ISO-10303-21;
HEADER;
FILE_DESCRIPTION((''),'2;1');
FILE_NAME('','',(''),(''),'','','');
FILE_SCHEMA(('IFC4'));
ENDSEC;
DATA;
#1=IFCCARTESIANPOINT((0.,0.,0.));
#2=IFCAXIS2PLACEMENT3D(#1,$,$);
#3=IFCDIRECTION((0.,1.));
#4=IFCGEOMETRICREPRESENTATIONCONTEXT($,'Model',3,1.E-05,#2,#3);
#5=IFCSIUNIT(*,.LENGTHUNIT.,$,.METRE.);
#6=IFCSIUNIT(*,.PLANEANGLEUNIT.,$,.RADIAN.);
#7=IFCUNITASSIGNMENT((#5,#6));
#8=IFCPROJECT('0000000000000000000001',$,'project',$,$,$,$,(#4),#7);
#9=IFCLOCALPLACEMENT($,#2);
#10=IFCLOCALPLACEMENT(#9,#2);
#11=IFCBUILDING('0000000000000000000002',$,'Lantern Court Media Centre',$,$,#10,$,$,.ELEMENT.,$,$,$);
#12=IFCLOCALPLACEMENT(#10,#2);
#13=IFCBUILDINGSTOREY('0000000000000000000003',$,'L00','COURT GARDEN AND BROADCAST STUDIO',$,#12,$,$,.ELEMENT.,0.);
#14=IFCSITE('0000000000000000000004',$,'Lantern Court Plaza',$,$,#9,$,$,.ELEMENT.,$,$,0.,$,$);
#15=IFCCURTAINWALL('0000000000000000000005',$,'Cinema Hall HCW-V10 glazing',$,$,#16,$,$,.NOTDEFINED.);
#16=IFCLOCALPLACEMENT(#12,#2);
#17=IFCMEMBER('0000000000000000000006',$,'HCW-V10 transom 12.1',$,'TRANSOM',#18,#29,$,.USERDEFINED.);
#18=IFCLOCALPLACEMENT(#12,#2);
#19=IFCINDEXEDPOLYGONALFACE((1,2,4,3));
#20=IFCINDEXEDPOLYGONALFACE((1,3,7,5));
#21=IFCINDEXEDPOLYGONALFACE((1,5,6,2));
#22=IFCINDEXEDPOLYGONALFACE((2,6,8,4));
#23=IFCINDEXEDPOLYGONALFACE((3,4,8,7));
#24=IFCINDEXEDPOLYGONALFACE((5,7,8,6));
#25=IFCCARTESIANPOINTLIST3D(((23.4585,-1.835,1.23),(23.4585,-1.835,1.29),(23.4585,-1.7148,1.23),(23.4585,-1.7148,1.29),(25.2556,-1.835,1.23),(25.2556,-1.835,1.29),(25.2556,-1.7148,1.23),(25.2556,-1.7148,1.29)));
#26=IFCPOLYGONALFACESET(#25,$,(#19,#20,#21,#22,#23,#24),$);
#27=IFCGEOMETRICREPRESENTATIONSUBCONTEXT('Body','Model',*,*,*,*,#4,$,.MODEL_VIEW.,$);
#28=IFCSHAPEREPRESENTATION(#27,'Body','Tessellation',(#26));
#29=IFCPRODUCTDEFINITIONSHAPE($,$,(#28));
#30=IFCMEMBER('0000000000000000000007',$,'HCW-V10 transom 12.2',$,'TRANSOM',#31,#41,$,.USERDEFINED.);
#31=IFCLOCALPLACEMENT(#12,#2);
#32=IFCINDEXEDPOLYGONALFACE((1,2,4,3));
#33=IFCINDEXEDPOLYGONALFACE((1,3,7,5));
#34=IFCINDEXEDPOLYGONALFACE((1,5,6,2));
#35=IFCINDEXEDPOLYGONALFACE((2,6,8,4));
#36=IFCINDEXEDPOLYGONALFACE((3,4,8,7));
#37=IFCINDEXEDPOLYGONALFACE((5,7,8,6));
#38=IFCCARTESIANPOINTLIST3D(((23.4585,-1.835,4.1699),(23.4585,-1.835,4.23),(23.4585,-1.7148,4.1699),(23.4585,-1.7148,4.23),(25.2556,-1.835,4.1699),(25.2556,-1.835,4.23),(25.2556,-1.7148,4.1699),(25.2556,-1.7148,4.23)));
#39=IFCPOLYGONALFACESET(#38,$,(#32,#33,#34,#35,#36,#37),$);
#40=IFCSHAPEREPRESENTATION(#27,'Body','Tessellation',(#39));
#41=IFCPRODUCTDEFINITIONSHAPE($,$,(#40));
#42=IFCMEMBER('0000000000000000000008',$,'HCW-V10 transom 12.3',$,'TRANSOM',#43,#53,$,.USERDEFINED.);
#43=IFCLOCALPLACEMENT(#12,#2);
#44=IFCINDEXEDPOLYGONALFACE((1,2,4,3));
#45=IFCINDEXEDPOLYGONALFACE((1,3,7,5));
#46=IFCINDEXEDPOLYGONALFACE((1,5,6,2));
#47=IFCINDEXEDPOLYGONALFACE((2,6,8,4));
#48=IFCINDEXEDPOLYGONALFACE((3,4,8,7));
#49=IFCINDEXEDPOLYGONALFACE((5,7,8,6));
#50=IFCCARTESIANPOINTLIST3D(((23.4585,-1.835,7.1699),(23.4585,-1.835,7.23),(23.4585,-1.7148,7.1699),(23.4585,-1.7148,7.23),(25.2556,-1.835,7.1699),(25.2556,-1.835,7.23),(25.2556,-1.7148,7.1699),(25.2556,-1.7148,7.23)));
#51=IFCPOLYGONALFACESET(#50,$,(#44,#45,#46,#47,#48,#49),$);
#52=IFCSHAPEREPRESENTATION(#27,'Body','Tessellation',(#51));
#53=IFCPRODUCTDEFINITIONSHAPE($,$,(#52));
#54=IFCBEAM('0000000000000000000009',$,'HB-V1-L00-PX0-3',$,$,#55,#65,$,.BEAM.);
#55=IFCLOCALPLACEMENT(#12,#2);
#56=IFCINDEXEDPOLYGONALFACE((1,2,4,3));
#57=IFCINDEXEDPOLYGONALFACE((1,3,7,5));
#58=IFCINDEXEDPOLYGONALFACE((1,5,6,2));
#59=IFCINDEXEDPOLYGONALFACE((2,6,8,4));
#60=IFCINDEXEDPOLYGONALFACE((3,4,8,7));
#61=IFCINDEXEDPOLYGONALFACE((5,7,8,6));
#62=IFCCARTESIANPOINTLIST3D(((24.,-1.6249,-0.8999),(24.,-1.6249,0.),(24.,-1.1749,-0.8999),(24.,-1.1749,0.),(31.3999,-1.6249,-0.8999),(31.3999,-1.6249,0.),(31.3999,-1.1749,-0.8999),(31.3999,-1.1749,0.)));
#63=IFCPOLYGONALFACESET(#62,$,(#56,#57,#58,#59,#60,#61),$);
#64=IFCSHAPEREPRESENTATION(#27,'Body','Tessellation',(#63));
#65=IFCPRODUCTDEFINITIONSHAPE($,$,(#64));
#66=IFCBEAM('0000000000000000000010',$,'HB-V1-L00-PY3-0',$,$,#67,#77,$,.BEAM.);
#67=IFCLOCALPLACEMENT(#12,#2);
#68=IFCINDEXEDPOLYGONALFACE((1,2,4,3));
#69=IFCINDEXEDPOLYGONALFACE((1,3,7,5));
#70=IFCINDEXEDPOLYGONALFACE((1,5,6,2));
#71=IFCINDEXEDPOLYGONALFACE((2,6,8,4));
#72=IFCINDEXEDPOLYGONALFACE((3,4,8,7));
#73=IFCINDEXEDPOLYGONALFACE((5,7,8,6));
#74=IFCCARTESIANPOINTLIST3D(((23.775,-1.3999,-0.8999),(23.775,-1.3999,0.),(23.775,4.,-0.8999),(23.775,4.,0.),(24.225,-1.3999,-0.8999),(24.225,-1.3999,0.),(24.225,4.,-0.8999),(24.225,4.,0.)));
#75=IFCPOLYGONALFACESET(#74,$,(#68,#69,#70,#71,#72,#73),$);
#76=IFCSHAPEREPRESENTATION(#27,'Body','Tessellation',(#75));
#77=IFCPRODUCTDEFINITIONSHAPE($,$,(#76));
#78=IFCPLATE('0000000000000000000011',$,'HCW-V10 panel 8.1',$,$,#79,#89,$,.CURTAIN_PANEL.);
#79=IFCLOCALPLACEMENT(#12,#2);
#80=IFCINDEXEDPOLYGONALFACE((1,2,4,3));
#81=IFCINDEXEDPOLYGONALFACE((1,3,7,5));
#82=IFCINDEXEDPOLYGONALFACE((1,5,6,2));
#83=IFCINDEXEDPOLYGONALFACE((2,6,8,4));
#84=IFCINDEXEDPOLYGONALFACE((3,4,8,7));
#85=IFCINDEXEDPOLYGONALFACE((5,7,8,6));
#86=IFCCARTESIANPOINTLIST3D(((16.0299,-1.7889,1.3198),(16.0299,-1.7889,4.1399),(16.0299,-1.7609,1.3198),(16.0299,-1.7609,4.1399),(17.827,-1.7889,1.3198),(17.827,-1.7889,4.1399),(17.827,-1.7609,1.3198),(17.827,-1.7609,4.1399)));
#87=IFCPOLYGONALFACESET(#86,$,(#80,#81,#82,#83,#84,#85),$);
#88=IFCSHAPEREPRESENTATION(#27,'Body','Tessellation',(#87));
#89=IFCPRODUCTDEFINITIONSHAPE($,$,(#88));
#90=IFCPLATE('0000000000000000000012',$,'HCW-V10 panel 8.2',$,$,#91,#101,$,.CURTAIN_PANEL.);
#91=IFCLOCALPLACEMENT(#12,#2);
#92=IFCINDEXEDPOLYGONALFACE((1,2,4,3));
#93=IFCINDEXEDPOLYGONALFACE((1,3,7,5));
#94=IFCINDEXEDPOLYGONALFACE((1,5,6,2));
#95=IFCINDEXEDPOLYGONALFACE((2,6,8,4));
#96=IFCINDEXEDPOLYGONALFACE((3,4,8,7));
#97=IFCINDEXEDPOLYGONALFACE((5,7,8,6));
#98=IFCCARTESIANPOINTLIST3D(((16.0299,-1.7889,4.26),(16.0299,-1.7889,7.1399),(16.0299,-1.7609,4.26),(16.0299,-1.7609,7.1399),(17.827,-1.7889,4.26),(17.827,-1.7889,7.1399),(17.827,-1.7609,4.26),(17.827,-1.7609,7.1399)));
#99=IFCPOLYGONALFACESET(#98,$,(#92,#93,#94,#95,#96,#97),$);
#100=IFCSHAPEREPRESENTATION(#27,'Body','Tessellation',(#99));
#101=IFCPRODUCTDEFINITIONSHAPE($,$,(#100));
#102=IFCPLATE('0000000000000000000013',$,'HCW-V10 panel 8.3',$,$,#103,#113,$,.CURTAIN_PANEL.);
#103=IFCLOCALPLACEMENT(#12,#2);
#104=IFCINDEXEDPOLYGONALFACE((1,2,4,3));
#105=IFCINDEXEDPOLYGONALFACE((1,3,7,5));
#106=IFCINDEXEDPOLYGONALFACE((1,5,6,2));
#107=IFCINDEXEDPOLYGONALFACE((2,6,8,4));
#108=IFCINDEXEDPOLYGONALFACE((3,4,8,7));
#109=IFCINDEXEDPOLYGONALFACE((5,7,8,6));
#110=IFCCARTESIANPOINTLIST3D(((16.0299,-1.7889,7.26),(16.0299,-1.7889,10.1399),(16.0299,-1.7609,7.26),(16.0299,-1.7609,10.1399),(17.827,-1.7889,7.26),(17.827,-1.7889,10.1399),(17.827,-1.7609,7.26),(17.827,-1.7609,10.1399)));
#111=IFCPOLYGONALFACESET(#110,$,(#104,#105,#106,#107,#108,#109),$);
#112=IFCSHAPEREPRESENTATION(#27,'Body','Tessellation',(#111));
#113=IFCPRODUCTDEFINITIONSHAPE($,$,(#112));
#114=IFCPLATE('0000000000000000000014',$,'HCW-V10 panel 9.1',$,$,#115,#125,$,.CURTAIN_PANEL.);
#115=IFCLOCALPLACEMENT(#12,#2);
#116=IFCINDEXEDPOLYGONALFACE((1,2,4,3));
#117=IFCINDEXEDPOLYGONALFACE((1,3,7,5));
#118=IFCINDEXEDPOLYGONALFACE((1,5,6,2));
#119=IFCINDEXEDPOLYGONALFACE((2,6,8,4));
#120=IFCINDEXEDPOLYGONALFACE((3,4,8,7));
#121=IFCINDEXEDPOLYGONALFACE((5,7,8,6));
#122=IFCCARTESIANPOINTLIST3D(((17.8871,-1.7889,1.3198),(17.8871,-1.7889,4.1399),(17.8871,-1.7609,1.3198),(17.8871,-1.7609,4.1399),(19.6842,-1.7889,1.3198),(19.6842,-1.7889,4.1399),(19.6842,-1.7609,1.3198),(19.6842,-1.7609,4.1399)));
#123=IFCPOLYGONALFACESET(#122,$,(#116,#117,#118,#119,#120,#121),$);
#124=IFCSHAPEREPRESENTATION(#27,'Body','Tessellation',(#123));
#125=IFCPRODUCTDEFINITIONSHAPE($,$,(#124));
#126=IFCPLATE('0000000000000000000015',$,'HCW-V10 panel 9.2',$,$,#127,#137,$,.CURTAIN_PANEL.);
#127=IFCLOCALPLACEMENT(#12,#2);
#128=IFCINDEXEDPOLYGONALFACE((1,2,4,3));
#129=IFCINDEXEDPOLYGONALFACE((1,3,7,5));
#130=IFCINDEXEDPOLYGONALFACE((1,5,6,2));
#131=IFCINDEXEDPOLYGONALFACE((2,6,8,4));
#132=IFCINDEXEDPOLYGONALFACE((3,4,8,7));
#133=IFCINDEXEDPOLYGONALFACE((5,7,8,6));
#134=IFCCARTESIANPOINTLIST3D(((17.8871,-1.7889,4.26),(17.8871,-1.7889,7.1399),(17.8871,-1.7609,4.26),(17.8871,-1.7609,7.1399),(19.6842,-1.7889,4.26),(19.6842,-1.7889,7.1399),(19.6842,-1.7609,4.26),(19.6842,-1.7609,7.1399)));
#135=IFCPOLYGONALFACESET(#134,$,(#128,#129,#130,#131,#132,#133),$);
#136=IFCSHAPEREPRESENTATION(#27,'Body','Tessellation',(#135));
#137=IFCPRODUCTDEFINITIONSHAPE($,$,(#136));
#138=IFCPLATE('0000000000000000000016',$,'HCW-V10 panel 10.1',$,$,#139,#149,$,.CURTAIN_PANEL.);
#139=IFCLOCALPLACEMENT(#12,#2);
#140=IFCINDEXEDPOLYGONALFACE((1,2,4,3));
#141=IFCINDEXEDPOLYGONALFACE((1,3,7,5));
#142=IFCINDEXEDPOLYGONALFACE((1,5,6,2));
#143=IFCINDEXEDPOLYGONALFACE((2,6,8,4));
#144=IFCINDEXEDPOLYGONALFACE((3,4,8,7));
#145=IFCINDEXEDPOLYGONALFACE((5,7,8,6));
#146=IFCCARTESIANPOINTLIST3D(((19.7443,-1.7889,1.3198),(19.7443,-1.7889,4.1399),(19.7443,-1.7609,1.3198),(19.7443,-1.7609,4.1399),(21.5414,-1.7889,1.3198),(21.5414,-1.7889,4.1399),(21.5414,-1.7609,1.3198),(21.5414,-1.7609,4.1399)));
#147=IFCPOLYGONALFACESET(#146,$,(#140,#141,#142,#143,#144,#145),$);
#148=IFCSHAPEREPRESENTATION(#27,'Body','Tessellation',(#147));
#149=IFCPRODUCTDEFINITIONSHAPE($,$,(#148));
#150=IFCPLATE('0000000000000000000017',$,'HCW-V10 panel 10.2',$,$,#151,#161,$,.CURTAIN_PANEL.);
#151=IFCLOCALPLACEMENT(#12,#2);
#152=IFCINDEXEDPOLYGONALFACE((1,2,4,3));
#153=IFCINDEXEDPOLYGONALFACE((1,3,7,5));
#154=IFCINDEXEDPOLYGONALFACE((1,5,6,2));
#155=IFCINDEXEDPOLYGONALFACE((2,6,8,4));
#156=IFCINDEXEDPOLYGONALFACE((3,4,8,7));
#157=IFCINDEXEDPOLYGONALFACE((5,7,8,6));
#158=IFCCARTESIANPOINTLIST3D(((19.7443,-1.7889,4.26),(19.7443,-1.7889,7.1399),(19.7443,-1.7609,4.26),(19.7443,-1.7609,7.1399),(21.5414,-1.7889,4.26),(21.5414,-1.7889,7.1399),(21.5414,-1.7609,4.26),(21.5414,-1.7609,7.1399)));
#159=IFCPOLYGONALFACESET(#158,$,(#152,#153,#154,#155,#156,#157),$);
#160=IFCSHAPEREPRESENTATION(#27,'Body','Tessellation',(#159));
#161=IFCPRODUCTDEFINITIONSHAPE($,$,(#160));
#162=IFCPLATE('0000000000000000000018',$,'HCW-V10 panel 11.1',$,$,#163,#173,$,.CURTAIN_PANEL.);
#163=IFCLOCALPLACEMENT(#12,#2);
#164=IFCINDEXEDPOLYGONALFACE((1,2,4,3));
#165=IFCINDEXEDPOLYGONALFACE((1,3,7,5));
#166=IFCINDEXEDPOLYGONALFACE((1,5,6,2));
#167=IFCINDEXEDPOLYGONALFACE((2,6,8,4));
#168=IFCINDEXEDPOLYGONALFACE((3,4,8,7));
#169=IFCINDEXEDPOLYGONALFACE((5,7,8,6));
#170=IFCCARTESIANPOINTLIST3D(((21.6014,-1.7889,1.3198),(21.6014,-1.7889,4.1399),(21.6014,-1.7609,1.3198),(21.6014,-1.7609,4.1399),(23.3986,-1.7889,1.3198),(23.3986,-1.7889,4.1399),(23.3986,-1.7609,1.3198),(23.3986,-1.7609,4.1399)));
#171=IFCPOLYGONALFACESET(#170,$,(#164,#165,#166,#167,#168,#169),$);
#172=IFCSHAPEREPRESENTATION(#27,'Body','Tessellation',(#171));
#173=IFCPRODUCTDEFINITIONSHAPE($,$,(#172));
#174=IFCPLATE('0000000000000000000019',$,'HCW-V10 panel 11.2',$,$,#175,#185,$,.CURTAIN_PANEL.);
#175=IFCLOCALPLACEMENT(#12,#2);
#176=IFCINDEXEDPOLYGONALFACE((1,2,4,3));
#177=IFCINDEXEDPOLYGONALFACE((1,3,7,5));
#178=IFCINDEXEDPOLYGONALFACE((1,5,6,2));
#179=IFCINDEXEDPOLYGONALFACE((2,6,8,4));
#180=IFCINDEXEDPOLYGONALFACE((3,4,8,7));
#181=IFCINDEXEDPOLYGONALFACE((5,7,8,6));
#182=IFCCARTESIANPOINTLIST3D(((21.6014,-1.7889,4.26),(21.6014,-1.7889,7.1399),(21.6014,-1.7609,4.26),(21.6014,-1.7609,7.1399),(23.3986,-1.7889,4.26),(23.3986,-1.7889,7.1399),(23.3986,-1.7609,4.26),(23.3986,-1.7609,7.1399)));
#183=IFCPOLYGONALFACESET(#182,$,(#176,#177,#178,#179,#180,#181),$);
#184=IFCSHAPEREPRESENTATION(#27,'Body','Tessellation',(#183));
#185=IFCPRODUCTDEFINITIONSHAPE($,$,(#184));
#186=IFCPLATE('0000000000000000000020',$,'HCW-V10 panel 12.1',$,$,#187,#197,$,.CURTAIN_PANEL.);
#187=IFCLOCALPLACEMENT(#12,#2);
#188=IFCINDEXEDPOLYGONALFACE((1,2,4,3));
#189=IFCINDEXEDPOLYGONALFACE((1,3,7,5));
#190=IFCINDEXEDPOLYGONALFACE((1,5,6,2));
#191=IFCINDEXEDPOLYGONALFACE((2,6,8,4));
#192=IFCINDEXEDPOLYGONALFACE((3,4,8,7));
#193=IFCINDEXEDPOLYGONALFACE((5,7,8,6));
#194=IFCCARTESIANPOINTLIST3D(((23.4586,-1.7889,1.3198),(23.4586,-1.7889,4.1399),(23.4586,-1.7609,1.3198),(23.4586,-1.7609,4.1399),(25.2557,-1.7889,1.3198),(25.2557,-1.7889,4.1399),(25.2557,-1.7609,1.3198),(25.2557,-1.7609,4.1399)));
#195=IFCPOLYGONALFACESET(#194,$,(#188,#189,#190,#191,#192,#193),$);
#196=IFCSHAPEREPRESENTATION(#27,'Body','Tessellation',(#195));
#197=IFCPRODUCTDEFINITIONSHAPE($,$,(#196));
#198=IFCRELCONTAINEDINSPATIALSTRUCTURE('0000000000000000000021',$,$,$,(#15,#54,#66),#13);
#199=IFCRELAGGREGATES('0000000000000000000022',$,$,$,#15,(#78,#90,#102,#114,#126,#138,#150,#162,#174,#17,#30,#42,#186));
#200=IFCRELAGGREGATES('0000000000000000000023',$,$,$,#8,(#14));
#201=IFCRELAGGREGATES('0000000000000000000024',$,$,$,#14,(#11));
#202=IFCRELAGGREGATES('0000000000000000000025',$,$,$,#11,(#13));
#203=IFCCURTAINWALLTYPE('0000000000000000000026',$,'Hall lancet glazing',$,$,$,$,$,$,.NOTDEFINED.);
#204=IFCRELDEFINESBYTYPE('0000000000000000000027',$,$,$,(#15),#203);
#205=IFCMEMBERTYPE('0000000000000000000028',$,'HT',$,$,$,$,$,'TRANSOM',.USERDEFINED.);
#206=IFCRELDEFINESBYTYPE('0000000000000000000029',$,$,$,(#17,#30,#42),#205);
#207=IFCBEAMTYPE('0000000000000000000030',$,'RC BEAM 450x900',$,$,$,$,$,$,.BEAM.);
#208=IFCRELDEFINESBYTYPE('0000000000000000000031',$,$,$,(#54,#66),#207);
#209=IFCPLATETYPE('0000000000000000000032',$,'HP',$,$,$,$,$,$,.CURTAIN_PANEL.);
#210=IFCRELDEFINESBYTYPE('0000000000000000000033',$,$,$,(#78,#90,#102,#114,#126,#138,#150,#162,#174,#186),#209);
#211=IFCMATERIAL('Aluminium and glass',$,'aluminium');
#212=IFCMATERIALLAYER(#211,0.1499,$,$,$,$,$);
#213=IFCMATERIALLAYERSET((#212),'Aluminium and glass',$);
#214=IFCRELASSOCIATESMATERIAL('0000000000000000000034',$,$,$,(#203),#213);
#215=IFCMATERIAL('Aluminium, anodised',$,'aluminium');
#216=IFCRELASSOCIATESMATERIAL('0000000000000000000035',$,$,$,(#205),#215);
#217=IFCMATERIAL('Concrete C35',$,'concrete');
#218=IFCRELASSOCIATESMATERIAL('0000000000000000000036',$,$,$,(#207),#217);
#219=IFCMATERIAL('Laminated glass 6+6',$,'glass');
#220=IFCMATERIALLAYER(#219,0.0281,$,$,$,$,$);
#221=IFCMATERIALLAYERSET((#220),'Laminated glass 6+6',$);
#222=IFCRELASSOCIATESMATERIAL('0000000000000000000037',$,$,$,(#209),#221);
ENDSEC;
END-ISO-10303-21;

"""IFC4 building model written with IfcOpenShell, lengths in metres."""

from ifc_helpers import new_model, si_unit, direction, frame, origin, origin_2d, place, context, subcontext, project, spatial, rectangle, extrude, material, layer, layer_set, material_profile, profile_set, type_object, element, aggregate, save


model = new_model("IFC4")

# Units and contexts
model_context = context("Model", 3, precision=1e-05, world=origin(), true_north=direction((0.0, 1.0)))
body_context = subcontext(model_context, "Body", "Model", "MODEL_VIEW")
ifc_project = project(units=[si_unit("LENGTHUNIT", "METRE"), si_unit("PLANEANGLEUNIT", "RADIAN")], contexts=[model_context])

# Site, building, storey
site_placement = place(None, origin())
site = spatial("IfcSite", under=ifc_project, at=site_placement, Name="Lantern Court Plaza", CompositionType="ELEMENT", RefElevation=0.0)
building_placement = place(site_placement, origin())
building = spatial("IfcBuilding", under=site, at=building_placement, Name="Lantern Court Media Centre", CompositionType="ELEMENT")
storey_placement = place(building_placement, origin())
storey = spatial("IfcBuildingStorey", under=building, at=storey_placement, Name="L00", Description="COURT GARDEN AND BROADCAST STUDIO", CompositionType="ELEMENT", Elevation=0.0)

# Shared definitions
ifc_material_1 = material(Name="Concrete C35", Category="concrete")

# Curtain wall, members
ifc_material_2 = material(Name="Aluminium and glass", Category="aluminium")
ifc_layer_1 = layer(ifc_material_2, 0.1499)
ifc_layer_set_1 = layer_set([ifc_layer_1], Name="Aluminium and glass")
curtain_wall_type = type_object("IfcCurtainWallType", Name="Hall lancet glazing", PredefinedType="NOTDEFINED", material=ifc_layer_set_1)
curtain_wall_placement = place(storey_placement, origin())
curtain_wall = element("IfcCurtainWall", 1, at=curtain_wall_placement, inside=storey, type_object=curtain_wall_type, Name="Cinema Hall HCW-V10 glazing", PredefinedType="NOTDEFINED")
ifc_material_3 = material(Name="Aluminium, anodised", Category="aluminium")
ifc_material_profile_1 = material_profile(ifc_material_3, rectangle(XDim=0.1201, YDim=0.0601, at=origin_2d()), Name="HT")
ifc_profile_set_1 = profile_set([ifc_material_profile_1], Name="Aluminium, anodised")
member_type_1 = type_object("IfcMemberType", Name="HT", ElementType="TRANSOM", PredefinedType="USERDEFINED", material=ifc_profile_set_1)
member_1_placement = place(storey_placement, frame((23.4585, -1.7749, 1.26), z_axis=(1.0, 0.0, 0.0), x_axis=(0.0, 1.0, 0.0)))
member_1 = element("IfcMember", 2, at=member_1_placement, type_object=member_type_1, Name="HCW-V10 transom 12.1", ObjectType="TRANSOM", PredefinedType="USERDEFINED", context=body_context, shape_type="SweptSolid", body=[
    extrude(rectangle(XDim=0.1201, YDim=0.0601, at=origin_2d()), origin(), (0.0, 0.0, 1.0), 1.7971),
])
member_2_placement = place(storey_placement, frame((23.4585, -1.7749, 4.2), z_axis=(1.0, 0.0, 0.0), x_axis=(0.0, 1.0, 0.0)))
member_2 = element("IfcMember", 3, at=member_2_placement, type_object=member_type_1, Name="HCW-V10 transom 12.2", ObjectType="TRANSOM", PredefinedType="USERDEFINED", context=body_context, shape_type="SweptSolid", body=[
    extrude(rectangle(XDim=0.1201, YDim=0.0601, at=origin_2d()), origin(), (0.0, 0.0, 1.0), 1.7971),
])
member_3_placement = place(storey_placement, frame((23.4585, -1.7749, 7.2), z_axis=(1.0, 0.0, 0.0), x_axis=(0.0, 1.0, 0.0)))
member_3 = element("IfcMember", 4, at=member_3_placement, type_object=member_type_1, Name="HCW-V10 transom 12.3", ObjectType="TRANSOM", PredefinedType="USERDEFINED", context=body_context, shape_type="SweptSolid", body=[
    extrude(rectangle(XDim=0.1201, YDim=0.0601, at=origin_2d()), origin(), (0.0, 0.0, 1.0), 1.7971),
])

# Beams
ifc_material_profile_2 = material_profile(ifc_material_1, rectangle(XDim=0.45, YDim=0.8999, at=origin_2d()), Name="RC 450x900")
ifc_profile_set_2 = profile_set([ifc_material_profile_2], Name="Concrete C35")
beam_type = type_object("IfcBeamType", Name="RC BEAM 450x900", PredefinedType="BEAM", material=ifc_profile_set_2)
beam_1_placement = place(storey_placement, frame((24.0, -1.3999, -0.45), z_axis=(1.0, 0.0, 0.0), x_axis=(0.0, 1.0, 0.0)))
element("IfcBeam", 5, at=beam_1_placement, inside=storey, type_object=beam_type, Name="HB-V1-L00-PX0-3", PredefinedType="BEAM", context=body_context, shape_type="SweptSolid", body=[
    extrude(rectangle(XDim=0.45, YDim=0.8999, at=origin_2d()), origin(), (0.0, 0.0, 1.0), 7.3999),
])
beam_2_placement = place(storey_placement, frame((24.0, -1.3999, -0.45), z_axis=(0.0, 1.0, 0.0), x_axis=(-1.0, 0.0, 0.0)))
element("IfcBeam", 6, at=beam_2_placement, inside=storey, type_object=beam_type, Name="HB-V1-L00-PY3-0", PredefinedType="BEAM", context=body_context, shape_type="SweptSolid", body=[
    extrude(rectangle(XDim=0.45, YDim=0.8999, at=origin_2d()), origin(), (0.0, 0.0, 1.0), 5.3999),
])

# Plates
ifc_material_4 = material(Name="Laminated glass 6+6", Category="glass")
ifc_layer_2 = layer(ifc_material_4, 0.0281)
ifc_layer_set_2 = layer_set([ifc_layer_2], Name="Laminated glass 6+6")
plate_type = type_object("IfcPlateType", Name="HP", PredefinedType="CURTAIN_PANEL", material=ifc_layer_set_2)
plate_1_placement = place(storey_placement, frame((16.9285, -1.7749, 1.3198), z_axis=(0.0, 0.0, 1.0), x_axis=(1.0, 0.0, 0.0)))
plate_1 = element("IfcPlate", 7, at=plate_1_placement, type_object=plate_type, Name="HCW-V10 panel 8.1", PredefinedType="CURTAIN_PANEL", context=body_context, shape_type="SweptSolid", body=[
    extrude(rectangle(XDim=1.7971, YDim=0.0281, at=origin_2d()), origin(), (0.0, 0.0, 1.0), 2.8201),
])
plate_2_placement = place(storey_placement, frame((16.9285, -1.7749, 4.26), z_axis=(0.0, 0.0, 1.0), x_axis=(1.0, 0.0, 0.0)))
plate_2 = element("IfcPlate", 8, at=plate_2_placement, type_object=plate_type, Name="HCW-V10 panel 8.2", PredefinedType="CURTAIN_PANEL", context=body_context, shape_type="SweptSolid", body=[
    extrude(rectangle(XDim=1.7971, YDim=0.0281, at=origin_2d()), origin(), (0.0, 0.0, 1.0), 2.8799),
])
plate_3_placement = place(storey_placement, frame((16.9285, -1.7749, 7.26), z_axis=(0.0, 0.0, 1.0), x_axis=(1.0, 0.0, 0.0)))
plate_3 = element("IfcPlate", 9, at=plate_3_placement, type_object=plate_type, Name="HCW-V10 panel 8.3", PredefinedType="CURTAIN_PANEL", context=body_context, shape_type="SweptSolid", body=[
    extrude(rectangle(XDim=1.7971, YDim=0.0281, at=origin_2d()), origin(), (0.0, 0.0, 1.0), 2.8799),
])
plate_4_placement = place(storey_placement, frame((18.7856, -1.7749, 1.3198), z_axis=(0.0, 0.0, 1.0), x_axis=(1.0, 0.0, 0.0)))
plate_4 = element("IfcPlate", 10, at=plate_4_placement, type_object=plate_type, Name="HCW-V10 panel 9.1", PredefinedType="CURTAIN_PANEL", context=body_context, shape_type="SweptSolid", body=[
    extrude(rectangle(XDim=1.7971, YDim=0.0281, at=origin_2d()), origin(), (0.0, 0.0, 1.0), 2.8201),
])
plate_5_placement = place(storey_placement, frame((18.7856, -1.7749, 4.26), z_axis=(0.0, 0.0, 1.0), x_axis=(1.0, 0.0, 0.0)))
plate_5 = element("IfcPlate", 11, at=plate_5_placement, type_object=plate_type, Name="HCW-V10 panel 9.2", PredefinedType="CURTAIN_PANEL", context=body_context, shape_type="SweptSolid", body=[
    extrude(rectangle(XDim=1.7971, YDim=0.0281, at=origin_2d()), origin(), (0.0, 0.0, 1.0), 2.8799),
])
plate_6_placement = place(storey_placement, frame((20.6428, -1.7749, 1.3198), z_axis=(0.0, 0.0, 1.0), x_axis=(1.0, 0.0, 0.0)))
plate_6 = element("IfcPlate", 12, at=plate_6_placement, type_object=plate_type, Name="HCW-V10 panel 10.1", PredefinedType="CURTAIN_PANEL", context=body_context, shape_type="SweptSolid", body=[
    extrude(rectangle(XDim=1.7971, YDim=0.0281, at=origin_2d()), origin(), (0.0, 0.0, 1.0), 2.8201),
])
plate_7_placement = place(storey_placement, frame((20.6428, -1.7749, 4.26), z_axis=(0.0, 0.0, 1.0), x_axis=(1.0, 0.0, 0.0)))
plate_7 = element("IfcPlate", 13, at=plate_7_placement, type_object=plate_type, Name="HCW-V10 panel 10.2", PredefinedType="CURTAIN_PANEL", context=body_context, shape_type="SweptSolid", body=[
    extrude(rectangle(XDim=1.7971, YDim=0.0281, at=origin_2d()), origin(), (0.0, 0.0, 1.0), 2.8799),
])
plate_8_placement = place(storey_placement, frame((22.5, -1.7749, 1.3198), z_axis=(0.0, 0.0, 1.0), x_axis=(1.0, 0.0, 0.0)))
plate_8 = element("IfcPlate", 14, at=plate_8_placement, type_object=plate_type, Name="HCW-V10 panel 11.1", PredefinedType="CURTAIN_PANEL", context=body_context, shape_type="SweptSolid", body=[
    extrude(rectangle(XDim=1.7971, YDim=0.0281, at=origin_2d()), origin(), (0.0, 0.0, 1.0), 2.8201),
])
plate_9_placement = place(storey_placement, frame((22.5, -1.7749, 4.26), z_axis=(0.0, 0.0, 1.0), x_axis=(1.0, 0.0, 0.0)))
plate_9 = element("IfcPlate", 15, at=plate_9_placement, type_object=plate_type, Name="HCW-V10 panel 11.2", PredefinedType="CURTAIN_PANEL", context=body_context, shape_type="SweptSolid", body=[
    extrude(rectangle(XDim=1.7971, YDim=0.0281, at=origin_2d()), origin(), (0.0, 0.0, 1.0), 2.8799),
])
plate_10_placement = place(storey_placement, frame((24.3572, -1.7749, 1.3198), z_axis=(0.0, 0.0, 1.0), x_axis=(1.0, 0.0, 0.0)))
plate_10 = element("IfcPlate", 16, at=plate_10_placement, type_object=plate_type, Name="HCW-V10 panel 12.1", PredefinedType="CURTAIN_PANEL", context=body_context, shape_type="SweptSolid", body=[
    extrude(rectangle(XDim=1.7971, YDim=0.0281, at=origin_2d()), origin(), (0.0, 0.0, 1.0), 2.8201),
])
aggregate(curtain_wall, [plate_1, plate_2, plate_3, plate_4, plate_5, plate_6, plate_7, plate_8, plate_9, member_1, member_2, member_3, plate_10])

save(model, "model.ifc")
